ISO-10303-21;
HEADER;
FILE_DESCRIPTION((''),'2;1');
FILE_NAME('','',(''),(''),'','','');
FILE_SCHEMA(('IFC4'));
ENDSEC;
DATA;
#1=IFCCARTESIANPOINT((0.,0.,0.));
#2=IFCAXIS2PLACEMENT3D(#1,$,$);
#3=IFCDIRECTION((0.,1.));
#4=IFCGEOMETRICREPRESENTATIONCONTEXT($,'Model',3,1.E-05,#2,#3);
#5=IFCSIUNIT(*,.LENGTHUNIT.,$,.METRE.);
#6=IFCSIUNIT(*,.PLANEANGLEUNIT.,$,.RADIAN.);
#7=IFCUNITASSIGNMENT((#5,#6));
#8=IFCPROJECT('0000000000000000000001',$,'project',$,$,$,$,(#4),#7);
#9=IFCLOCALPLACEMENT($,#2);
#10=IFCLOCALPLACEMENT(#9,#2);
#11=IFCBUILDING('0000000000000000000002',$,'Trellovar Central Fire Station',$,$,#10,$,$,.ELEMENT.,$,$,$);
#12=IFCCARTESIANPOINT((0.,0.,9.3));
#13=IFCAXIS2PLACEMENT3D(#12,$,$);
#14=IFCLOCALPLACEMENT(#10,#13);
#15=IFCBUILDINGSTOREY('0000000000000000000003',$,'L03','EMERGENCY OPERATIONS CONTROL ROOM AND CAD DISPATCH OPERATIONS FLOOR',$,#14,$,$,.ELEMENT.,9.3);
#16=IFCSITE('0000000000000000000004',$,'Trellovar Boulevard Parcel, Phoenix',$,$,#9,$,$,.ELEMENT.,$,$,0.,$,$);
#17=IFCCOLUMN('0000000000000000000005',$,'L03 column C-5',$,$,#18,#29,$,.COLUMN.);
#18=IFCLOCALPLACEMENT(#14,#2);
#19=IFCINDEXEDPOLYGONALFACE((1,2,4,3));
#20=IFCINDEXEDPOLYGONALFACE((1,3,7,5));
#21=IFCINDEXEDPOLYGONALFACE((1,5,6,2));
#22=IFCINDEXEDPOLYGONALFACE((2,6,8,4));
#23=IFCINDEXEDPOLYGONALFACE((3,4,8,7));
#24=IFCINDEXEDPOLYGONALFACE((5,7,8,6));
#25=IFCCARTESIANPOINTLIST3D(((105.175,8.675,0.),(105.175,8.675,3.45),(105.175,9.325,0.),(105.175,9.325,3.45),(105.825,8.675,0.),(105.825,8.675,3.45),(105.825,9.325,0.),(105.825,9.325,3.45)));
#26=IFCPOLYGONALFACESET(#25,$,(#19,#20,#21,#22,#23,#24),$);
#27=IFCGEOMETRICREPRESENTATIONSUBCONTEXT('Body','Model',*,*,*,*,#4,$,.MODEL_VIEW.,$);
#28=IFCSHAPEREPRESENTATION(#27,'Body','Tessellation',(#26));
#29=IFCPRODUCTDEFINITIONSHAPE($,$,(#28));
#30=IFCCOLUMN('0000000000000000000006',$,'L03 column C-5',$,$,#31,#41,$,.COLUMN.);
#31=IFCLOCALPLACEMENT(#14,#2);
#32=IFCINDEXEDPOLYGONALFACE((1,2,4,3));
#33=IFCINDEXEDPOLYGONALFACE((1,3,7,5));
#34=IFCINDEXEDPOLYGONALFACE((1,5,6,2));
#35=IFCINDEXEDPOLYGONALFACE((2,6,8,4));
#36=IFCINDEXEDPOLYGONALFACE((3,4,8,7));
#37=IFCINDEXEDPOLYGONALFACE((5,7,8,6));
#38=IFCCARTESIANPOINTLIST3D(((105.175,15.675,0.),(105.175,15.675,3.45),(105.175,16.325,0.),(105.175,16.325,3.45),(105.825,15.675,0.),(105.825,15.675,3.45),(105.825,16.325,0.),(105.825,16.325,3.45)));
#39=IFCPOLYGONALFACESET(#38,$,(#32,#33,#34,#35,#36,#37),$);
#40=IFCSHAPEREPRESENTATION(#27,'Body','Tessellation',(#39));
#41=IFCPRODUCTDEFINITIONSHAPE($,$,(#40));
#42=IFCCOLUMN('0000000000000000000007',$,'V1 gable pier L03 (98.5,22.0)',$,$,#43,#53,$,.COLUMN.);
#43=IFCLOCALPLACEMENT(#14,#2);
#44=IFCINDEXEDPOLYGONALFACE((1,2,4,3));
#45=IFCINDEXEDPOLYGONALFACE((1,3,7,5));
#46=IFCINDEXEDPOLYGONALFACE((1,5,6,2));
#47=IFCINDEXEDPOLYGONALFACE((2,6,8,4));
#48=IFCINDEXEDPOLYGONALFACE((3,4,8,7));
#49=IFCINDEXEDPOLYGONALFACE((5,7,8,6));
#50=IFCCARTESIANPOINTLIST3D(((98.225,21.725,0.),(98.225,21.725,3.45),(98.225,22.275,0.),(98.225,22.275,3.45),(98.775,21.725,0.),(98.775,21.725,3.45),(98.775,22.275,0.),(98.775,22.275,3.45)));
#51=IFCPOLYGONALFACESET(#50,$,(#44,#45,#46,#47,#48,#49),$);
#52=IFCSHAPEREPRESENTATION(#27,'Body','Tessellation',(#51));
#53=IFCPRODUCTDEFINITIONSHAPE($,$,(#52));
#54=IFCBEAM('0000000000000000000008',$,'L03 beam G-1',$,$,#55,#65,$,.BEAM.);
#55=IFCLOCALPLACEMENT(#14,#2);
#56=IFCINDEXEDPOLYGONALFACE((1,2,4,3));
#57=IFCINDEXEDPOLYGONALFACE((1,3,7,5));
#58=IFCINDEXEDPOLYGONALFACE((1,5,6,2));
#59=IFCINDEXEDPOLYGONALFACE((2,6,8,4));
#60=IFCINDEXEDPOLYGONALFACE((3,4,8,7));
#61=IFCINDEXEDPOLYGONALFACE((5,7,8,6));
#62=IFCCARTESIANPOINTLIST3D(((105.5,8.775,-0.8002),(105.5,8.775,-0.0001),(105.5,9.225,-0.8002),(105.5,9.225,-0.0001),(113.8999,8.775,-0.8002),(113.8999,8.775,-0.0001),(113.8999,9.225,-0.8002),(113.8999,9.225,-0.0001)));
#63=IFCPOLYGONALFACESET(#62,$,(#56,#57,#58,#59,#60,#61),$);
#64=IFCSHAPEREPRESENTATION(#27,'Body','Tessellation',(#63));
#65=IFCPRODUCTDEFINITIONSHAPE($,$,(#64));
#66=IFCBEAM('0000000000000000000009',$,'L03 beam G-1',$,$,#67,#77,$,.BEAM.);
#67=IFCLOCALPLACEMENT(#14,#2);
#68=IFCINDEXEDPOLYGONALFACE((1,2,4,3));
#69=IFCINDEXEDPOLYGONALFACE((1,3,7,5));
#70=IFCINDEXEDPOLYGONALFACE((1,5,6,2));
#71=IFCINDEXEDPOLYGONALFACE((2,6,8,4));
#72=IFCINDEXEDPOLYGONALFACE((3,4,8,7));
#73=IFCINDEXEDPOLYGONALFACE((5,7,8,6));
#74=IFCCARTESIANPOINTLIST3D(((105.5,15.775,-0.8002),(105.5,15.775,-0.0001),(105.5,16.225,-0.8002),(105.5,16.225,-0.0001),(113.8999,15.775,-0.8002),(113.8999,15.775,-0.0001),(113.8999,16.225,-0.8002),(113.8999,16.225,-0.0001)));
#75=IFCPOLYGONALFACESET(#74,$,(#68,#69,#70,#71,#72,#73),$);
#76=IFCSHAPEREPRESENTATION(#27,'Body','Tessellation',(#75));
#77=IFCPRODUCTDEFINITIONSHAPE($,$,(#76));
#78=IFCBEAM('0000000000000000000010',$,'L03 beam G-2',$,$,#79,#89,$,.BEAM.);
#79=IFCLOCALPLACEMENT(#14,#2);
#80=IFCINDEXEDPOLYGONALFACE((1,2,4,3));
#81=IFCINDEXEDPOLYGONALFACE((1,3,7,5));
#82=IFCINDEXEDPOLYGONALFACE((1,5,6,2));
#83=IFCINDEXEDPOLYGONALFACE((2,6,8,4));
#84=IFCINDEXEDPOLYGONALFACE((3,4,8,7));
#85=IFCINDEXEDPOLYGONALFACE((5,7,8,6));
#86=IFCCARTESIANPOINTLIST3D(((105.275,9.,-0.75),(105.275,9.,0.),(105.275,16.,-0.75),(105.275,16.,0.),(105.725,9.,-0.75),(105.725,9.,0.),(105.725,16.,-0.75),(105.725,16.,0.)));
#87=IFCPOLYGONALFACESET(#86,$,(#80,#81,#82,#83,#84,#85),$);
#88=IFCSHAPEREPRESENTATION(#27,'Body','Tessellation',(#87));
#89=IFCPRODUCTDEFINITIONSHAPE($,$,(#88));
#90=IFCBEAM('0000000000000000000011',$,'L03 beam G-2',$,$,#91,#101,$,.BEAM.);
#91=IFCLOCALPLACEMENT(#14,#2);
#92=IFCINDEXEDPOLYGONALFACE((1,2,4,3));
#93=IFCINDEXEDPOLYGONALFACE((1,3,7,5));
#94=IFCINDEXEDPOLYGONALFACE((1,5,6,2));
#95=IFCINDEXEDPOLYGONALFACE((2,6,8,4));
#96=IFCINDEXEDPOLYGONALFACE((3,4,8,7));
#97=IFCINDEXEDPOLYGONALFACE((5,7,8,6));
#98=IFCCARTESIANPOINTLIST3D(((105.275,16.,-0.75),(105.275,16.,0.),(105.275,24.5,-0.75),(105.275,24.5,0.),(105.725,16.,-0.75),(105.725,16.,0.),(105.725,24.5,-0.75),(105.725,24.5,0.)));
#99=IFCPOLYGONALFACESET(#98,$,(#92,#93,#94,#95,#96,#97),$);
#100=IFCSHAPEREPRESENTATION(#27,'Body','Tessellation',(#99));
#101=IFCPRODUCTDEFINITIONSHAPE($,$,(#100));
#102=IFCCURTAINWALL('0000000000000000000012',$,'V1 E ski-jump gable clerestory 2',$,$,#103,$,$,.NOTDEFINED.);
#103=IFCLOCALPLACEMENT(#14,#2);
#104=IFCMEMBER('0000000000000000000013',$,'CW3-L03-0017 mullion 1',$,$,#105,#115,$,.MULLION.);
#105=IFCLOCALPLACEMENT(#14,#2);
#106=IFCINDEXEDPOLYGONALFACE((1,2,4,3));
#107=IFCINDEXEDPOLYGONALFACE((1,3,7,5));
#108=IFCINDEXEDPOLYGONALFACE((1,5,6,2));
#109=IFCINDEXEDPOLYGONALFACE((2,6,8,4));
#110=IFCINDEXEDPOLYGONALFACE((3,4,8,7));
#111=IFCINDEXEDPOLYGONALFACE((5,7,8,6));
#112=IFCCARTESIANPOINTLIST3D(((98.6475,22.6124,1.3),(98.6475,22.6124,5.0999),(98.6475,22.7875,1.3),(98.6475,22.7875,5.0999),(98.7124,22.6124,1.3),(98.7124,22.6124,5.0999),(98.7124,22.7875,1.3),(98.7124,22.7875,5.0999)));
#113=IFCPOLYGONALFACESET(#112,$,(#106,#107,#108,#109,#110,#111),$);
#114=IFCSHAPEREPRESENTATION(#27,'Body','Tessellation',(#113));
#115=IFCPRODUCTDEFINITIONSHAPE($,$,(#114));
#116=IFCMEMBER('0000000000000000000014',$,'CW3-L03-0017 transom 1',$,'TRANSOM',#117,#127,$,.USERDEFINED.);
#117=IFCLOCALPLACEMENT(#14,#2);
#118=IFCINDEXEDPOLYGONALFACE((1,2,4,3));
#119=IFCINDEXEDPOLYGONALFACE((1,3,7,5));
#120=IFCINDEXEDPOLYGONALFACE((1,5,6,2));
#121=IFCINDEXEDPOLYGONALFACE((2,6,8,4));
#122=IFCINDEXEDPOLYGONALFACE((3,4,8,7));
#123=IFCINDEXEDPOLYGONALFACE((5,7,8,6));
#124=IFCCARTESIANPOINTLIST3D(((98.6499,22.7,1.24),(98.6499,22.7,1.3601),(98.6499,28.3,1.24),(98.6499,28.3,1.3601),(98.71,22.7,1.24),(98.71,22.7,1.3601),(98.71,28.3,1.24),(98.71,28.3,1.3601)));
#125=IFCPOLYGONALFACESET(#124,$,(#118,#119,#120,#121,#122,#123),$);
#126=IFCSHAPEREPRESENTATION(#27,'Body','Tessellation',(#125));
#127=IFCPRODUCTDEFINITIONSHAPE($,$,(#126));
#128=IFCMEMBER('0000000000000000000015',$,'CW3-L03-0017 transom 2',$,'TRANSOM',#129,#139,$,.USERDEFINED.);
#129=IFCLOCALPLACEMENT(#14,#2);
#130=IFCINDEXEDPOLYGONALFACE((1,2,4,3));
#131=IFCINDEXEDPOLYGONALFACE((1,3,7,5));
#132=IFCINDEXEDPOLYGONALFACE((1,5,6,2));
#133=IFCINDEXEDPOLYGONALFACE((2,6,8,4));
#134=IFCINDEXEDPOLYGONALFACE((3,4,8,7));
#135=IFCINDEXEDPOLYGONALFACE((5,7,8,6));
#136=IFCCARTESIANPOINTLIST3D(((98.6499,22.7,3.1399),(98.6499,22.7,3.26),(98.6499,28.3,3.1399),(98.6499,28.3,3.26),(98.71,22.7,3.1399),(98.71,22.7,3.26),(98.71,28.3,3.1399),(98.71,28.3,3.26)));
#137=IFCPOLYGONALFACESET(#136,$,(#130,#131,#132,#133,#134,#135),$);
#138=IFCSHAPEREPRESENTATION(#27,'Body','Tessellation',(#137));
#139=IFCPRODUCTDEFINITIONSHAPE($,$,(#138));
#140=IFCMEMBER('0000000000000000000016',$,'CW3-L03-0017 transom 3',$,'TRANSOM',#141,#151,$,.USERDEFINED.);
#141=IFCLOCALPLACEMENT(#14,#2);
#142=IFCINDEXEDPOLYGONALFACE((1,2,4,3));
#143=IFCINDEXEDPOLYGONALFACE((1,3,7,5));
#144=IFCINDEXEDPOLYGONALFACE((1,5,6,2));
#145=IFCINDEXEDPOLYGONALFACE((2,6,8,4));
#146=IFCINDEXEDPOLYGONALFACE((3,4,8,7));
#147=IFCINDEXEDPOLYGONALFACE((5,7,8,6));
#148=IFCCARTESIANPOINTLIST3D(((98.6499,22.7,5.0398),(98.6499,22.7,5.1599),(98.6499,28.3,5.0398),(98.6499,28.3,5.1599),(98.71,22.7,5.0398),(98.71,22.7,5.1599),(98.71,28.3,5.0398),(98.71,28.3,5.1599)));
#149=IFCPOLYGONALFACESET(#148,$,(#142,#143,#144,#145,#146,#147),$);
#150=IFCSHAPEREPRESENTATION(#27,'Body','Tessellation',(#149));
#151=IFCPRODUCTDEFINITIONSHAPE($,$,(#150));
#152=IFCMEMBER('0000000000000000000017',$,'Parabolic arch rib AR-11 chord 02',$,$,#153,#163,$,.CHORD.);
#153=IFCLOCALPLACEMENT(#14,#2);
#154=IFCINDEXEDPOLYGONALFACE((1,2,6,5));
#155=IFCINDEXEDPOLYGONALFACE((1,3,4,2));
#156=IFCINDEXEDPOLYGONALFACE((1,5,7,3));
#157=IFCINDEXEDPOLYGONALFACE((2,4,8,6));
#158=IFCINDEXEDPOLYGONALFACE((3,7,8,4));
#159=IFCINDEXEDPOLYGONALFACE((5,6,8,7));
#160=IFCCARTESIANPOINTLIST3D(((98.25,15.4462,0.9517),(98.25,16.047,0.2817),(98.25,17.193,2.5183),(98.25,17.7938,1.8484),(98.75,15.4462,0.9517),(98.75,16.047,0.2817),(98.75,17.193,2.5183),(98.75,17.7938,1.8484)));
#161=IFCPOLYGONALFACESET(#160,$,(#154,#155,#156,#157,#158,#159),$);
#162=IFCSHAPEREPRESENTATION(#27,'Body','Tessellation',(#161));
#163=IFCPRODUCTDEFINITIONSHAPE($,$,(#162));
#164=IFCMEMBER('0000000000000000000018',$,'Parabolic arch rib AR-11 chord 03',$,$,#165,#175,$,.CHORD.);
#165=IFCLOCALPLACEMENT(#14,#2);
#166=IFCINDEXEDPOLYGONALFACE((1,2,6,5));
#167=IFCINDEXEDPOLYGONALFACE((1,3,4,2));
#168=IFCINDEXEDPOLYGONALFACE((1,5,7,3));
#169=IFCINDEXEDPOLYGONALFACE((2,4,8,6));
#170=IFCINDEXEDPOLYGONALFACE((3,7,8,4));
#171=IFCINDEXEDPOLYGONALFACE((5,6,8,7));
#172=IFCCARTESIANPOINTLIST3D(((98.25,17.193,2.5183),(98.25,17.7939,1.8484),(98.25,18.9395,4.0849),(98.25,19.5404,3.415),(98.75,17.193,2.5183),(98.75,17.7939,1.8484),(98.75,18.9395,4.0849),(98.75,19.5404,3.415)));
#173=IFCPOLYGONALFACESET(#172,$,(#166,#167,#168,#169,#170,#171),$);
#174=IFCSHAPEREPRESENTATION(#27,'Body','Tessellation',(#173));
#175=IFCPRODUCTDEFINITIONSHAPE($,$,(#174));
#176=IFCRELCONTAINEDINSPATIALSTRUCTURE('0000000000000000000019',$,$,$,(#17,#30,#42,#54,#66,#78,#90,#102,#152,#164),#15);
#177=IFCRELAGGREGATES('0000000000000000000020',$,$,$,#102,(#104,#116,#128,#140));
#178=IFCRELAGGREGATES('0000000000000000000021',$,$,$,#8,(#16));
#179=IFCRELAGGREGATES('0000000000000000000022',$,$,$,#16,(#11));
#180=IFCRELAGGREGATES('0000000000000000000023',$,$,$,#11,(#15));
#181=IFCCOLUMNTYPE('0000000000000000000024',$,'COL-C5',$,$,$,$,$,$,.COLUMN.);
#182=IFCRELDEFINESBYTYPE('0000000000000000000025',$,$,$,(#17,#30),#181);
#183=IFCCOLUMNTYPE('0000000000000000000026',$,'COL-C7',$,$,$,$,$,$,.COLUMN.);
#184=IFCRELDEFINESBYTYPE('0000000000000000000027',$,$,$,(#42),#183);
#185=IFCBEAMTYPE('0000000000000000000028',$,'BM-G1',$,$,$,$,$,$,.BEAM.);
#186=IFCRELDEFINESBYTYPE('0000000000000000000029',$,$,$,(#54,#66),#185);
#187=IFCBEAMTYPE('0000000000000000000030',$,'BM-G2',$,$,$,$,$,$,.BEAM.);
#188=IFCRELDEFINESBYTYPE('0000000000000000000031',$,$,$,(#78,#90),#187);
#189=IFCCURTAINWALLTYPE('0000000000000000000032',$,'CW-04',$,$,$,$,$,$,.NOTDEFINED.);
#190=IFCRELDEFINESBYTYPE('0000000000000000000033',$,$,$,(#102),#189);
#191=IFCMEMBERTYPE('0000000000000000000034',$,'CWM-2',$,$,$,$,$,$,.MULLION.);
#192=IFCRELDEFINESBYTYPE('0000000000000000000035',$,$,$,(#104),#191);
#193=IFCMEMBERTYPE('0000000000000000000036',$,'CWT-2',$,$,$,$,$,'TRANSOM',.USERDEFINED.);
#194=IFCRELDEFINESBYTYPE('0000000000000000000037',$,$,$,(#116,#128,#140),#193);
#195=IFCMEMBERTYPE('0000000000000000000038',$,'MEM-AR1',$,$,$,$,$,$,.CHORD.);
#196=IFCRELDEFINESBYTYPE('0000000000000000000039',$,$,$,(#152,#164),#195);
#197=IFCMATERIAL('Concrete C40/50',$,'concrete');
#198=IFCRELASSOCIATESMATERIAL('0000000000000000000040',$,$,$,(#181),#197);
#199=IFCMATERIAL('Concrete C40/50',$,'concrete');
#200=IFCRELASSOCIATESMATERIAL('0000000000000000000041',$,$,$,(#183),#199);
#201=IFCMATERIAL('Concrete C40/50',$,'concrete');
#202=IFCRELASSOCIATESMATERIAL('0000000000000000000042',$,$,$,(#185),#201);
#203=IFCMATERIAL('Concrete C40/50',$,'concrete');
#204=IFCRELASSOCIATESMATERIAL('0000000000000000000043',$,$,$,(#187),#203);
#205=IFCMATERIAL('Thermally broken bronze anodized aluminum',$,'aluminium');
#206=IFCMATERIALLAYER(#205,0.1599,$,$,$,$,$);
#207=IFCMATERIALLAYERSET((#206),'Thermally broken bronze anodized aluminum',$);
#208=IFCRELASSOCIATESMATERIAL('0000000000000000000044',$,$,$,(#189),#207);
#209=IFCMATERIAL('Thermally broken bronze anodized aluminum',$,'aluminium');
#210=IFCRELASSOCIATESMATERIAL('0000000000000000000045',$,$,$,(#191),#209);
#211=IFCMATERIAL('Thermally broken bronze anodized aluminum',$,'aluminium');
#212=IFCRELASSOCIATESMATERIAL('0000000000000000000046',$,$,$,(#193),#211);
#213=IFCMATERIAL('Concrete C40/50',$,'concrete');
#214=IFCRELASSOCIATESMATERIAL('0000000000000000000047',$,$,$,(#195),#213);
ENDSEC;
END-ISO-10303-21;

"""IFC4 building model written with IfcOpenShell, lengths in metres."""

from ifc_helpers import new_model, si_unit, direction, frame, origin, origin_2d, place, context, subcontext, project, spatial, rectangle, extrude, material, layer, layer_set, material_profile, profile_set, type_object, element, aggregate, save


model = new_model("IFC4")

# Units and contexts
model_context = context("Model", 3, precision=1e-05, world=origin(), true_north=direction((0.0, 1.0)))
body_context = subcontext(model_context, "Body", "Model", "MODEL_VIEW")
ifc_project = project(units=[si_unit("LENGTHUNIT", "METRE"), si_unit("PLANEANGLEUNIT", "RADIAN")], contexts=[model_context])

# Site, building, storey
site_placement = place(None, origin())
site = spatial("IfcSite", under=ifc_project, at=site_placement, Name="Trellovar Boulevard Parcel, Phoenix", CompositionType="ELEMENT", RefElevation=0.0)
building_placement = place(site_placement, origin())
building = spatial("IfcBuilding", under=site, at=building_placement, Name="Trellovar Central Fire Station", CompositionType="ELEMENT")
storey_placement = place(building_placement, frame((0.0, 0.0, 9.3)))
storey = spatial("IfcBuildingStorey", under=building, at=storey_placement, Name="L03", Description="EMERGENCY OPERATIONS CONTROL ROOM AND CAD DISPATCH OPERATIONS FLOOR", CompositionType="ELEMENT", Elevation=9.3)

# Columns
ifc_material_1 = material(Name="Concrete C40/50", Category="concrete")
ifc_material_profile_1 = material_profile(ifc_material_1, rectangle(XDim=0.6499, YDim=0.6499, at=origin_2d()), Name="RC650X650")
ifc_profile_set_1 = profile_set([ifc_material_profile_1], Name="Concrete C40/50")
column_type_1 = type_object("IfcColumnType", Name="COL-C5", PredefinedType="COLUMN", material=ifc_profile_set_1)
for number, where, z_axis, x_axis, name in (
    (1, (105.5, 9.0, 0.0), (0.0, 0.0, 1.0), (1.0, 0.0, 0.0), "L03 column C-5"),
    (2, (105.5, 16.0, 0.0), (0.0, 0.0, 1.0), (1.0, 0.0, 0.0), "L03 column C-5"),
):
    element("IfcColumn", number, at=place(storey_placement, frame(where, z_axis=z_axis, x_axis=x_axis)), inside=storey, type_object=column_type_1, Name=name, PredefinedType="COLUMN", context=body_context, shape_type="SweptSolid", body=[
        extrude(rectangle(XDim=0.6499, YDim=0.6499, at=origin_2d()), origin(), (0.0, 0.0, 1.0), 3.45),
    ])
ifc_material_2 = material(Name="Concrete C40/50", Category="concrete")
ifc_material_profile_2 = material_profile(ifc_material_2, rectangle(XDim=0.55, YDim=0.55, at=origin_2d()), Name="RC550X550")
ifc_profile_set_2 = profile_set([ifc_material_profile_2], Name="Concrete C40/50")
column_type_2 = type_object("IfcColumnType", Name="COL-C7", PredefinedType="COLUMN", material=ifc_profile_set_2)
column_placement = place(storey_placement, frame((98.5, 22.0, 0.0), z_axis=(0.0, 0.0, 1.0), x_axis=(1.0, 0.0, 0.0)))
element("IfcColumn", 3, at=column_placement, inside=storey, type_object=column_type_2, Name="V1 gable pier L03 (98.5,22.0)", PredefinedType="COLUMN", context=body_context, shape_type="SweptSolid", body=[
    extrude(rectangle(XDim=0.55, YDim=0.55, at=origin_2d()), origin(), (0.0, 0.0, 1.0), 3.45),
])

# Beams
ifc_material_3 = material(Name="Concrete C40/50", Category="concrete")
ifc_material_profile_3 = material_profile(ifc_material_3, rectangle(XDim=0.45, YDim=0.8, at=origin_2d()), Name="RC450X800")
ifc_profile_set_3 = profile_set([ifc_material_profile_3], Name="Concrete C40/50")
beam_type_1 = type_object("IfcBeamType", Name="BM-G1", PredefinedType="BEAM", material=ifc_profile_set_3)
for number, where, z_axis, x_axis, name in (
    (4, (105.5, 9.0, -0.4001), (1.0, 0.0, 0.0), (0.0, 1.0, 0.0), "L03 beam G-1"),
    (5, (105.5, 16.0, -0.4001), (1.0, 0.0, 0.0), (0.0, 1.0, 0.0), "L03 beam G-1"),
):
    element("IfcBeam", number, at=place(storey_placement, frame(where, z_axis=z_axis, x_axis=x_axis)), inside=storey, type_object=beam_type_1, Name=name, PredefinedType="BEAM", context=body_context, shape_type="SweptSolid", body=[
        extrude(rectangle(XDim=0.45, YDim=0.8, at=origin_2d()), origin(), (0.0, 0.0, 1.0), 8.3999),
    ])
ifc_material_4 = material(Name="Concrete C40/50", Category="concrete")
ifc_material_profile_4 = material_profile(ifc_material_4, rectangle(XDim=0.45, YDim=0.75, at=origin_2d()), Name="RC450X750")
ifc_profile_set_4 = profile_set([ifc_material_profile_4], Name="Concrete C40/50")
beam_type_2 = type_object("IfcBeamType", Name="BM-G2", PredefinedType="BEAM", material=ifc_profile_set_4)
beam_1_placement = place(storey_placement, frame((105.5, 9.0, -0.375), z_axis=(0.0, 1.0, 0.0), x_axis=(-1.0, 0.0, 0.0)))
element("IfcBeam", 6, at=beam_1_placement, inside=storey, type_object=beam_type_2, Name="L03 beam G-2", PredefinedType="BEAM", context=body_context, shape_type="SweptSolid", body=[
    extrude(rectangle(XDim=0.45, YDim=0.75, at=origin_2d()), origin(), (0.0, 0.0, 1.0), 7.0),
])
beam_2_placement = place(storey_placement, frame((105.5, 16.0, -0.375), z_axis=(0.0, 1.0, 0.0), x_axis=(-1.0, 0.0, 0.0)))
element("IfcBeam", 7, at=beam_2_placement, inside=storey, type_object=beam_type_2, Name="L03 beam G-2", PredefinedType="BEAM", context=body_context, shape_type="SweptSolid", body=[
    extrude(rectangle(XDim=0.45, YDim=0.75, at=origin_2d()), origin(), (0.0, 0.0, 1.0), 8.5),
])

# Curtain wall, members
ifc_material_5 = material(Name="Thermally broken bronze anodized aluminum", Category="aluminium")
ifc_layer_1 = layer(ifc_material_5, 0.1599)
ifc_layer_set_1 = layer_set([ifc_layer_1], Name="Thermally broken bronze anodized aluminum")
curtain_wall_type = type_object("IfcCurtainWallType", Name="CW-04", PredefinedType="NOTDEFINED", material=ifc_layer_set_1)
curtain_wall_placement = place(storey_placement, origin())
curtain_wall = element("IfcCurtainWall", 8, at=curtain_wall_placement, inside=storey, type_object=curtain_wall_type, Name="V1 E ski-jump gable clerestory 2", PredefinedType="NOTDEFINED")
ifc_material_6 = material(Name="Thermally broken bronze anodized aluminum", Category="aluminium")
ifc_material_profile_5 = material_profile(ifc_material_6, rectangle(XDim=0.0649, YDim=0.175, at=origin_2d()), Name="ALU65X175")
ifc_profile_set_5 = profile_set([ifc_material_profile_5], Name="Thermally broken bronze anodized aluminum")
member_type_1 = type_object("IfcMemberType", Name="CWM-2", PredefinedType="MULLION", material=ifc_profile_set_5)
member_1_placement = place(storey_placement, frame((98.6799, 22.7, 1.3), z_axis=(0.0, 0.0, 1.0), x_axis=(1.0, 0.0, 0.0)))
member_1 = element("IfcMember", 9, at=member_1_placement, type_object=member_type_1, Name="CW3-L03-0017 mullion 1", PredefinedType="MULLION", context=body_context, shape_type="SweptSolid", body=[
    extrude(rectangle(XDim=0.0649, YDim=0.175, at=origin_2d()), origin(), (0.0, 0.0, 1.0), 3.7998),
])
ifc_material_7 = material(Name="Thermally broken bronze anodized aluminum", Category="aluminium")
ifc_material_profile_6 = material_profile(ifc_material_7, rectangle(XDim=0.0601, YDim=0.1201, at=origin_2d()), Name="ALU60X120")
ifc_profile_set_6 = profile_set([ifc_material_profile_6], Name="Thermally broken bronze anodized aluminum")
member_type_2 = type_object("IfcMemberType", Name="CWT-2", ElementType="TRANSOM", PredefinedType="USERDEFINED", material=ifc_profile_set_6)
member_2_placement = place(storey_placement, frame((98.6799, 22.7, 1.3), z_axis=(0.0, 1.0, 0.0), x_axis=(-1.0, 0.0, 0.0)))
member_2 = element("IfcMember", 10, at=member_2_placement, type_object=member_type_2, Name="CW3-L03-0017 transom 1", ObjectType="TRANSOM", PredefinedType="USERDEFINED", context=body_context, shape_type="SweptSolid", body=[
    extrude(rectangle(XDim=0.0601, YDim=0.1201, at=origin_2d()), origin(), (0.0, 0.0, 1.0), 5.6001),
])
member_3_placement = place(storey_placement, frame((98.6799, 22.7, 3.2), z_axis=(0.0, 1.0, 0.0), x_axis=(-1.0, 0.0, 0.0)))
member_3 = element("IfcMember", 11, at=member_3_placement, type_object=member_type_2, Name="CW3-L03-0017 transom 2", ObjectType="TRANSOM", PredefinedType="USERDEFINED", context=body_context, shape_type="SweptSolid", body=[
    extrude(rectangle(XDim=0.0601, YDim=0.1201, at=origin_2d()), origin(), (0.0, 0.0, 1.0), 5.6001),
])
member_4_placement = place(storey_placement, frame((98.6799, 22.7, 5.0999), z_axis=(0.0, 1.0, 0.0), x_axis=(-1.0, 0.0, 0.0)))
member_4 = element("IfcMember", 12, at=member_4_placement, type_object=member_type_2, Name="CW3-L03-0017 transom 3", ObjectType="TRANSOM", PredefinedType="USERDEFINED", context=body_context, shape_type="SweptSolid", body=[
    extrude(rectangle(XDim=0.0601, YDim=0.1201, at=origin_2d()), origin(), (0.0, 0.0, 1.0), 5.6001),
])
aggregate(curtain_wall, [member_1, member_2, member_3, member_4])

# Members
ifc_material_8 = material(Name="Concrete C40/50", Category="concrete")
ifc_material_profile_7 = material_profile(ifc_material_8, rectangle(XDim=0.5, YDim=0.8999, at=origin_2d()), Name="RC500X900")
ifc_profile_set_7 = profile_set([ifc_material_profile_7], Name="Concrete C40/50")
member_type_3 = type_object("IfcMemberType", Name="MEM-AR1", PredefinedType="CHORD", material=ifc_profile_set_7)
member_5_placement = place(storey_placement, frame((98.5, 15.7466, 0.6167), z_axis=(0.0, 0.744457, 0.66767), x_axis=(-1.0, 0.0, 0.0)))
element("IfcMember", 13, at=member_5_placement, inside=storey, type_object=member_type_3, Name="Parabolic arch rib AR-11 chord 02", PredefinedType="CHORD", context=body_context, shape_type="SweptSolid", body=[
    extrude(rectangle(XDim=0.5, YDim=0.8999, at=origin_2d()), origin(), (0.0, 0.0, 1.0), 2.3464),
])
member_6_placement = place(storey_placement, frame((98.5, 17.4934, 2.1833), z_axis=(0.0, 0.744411, 0.667722), x_axis=(-1.0, 0.0, 0.0)))
element("IfcMember", 14, at=member_6_placement, inside=storey, type_object=member_type_3, Name="Parabolic arch rib AR-11 chord 03", PredefinedType="CHORD", context=body_context, shape_type="SweptSolid", body=[
    extrude(rectangle(XDim=0.5, YDim=0.8999, at=origin_2d()), origin(), (0.0, 0.0, 1.0), 2.3462),
])

save(model, "model.ifc")
